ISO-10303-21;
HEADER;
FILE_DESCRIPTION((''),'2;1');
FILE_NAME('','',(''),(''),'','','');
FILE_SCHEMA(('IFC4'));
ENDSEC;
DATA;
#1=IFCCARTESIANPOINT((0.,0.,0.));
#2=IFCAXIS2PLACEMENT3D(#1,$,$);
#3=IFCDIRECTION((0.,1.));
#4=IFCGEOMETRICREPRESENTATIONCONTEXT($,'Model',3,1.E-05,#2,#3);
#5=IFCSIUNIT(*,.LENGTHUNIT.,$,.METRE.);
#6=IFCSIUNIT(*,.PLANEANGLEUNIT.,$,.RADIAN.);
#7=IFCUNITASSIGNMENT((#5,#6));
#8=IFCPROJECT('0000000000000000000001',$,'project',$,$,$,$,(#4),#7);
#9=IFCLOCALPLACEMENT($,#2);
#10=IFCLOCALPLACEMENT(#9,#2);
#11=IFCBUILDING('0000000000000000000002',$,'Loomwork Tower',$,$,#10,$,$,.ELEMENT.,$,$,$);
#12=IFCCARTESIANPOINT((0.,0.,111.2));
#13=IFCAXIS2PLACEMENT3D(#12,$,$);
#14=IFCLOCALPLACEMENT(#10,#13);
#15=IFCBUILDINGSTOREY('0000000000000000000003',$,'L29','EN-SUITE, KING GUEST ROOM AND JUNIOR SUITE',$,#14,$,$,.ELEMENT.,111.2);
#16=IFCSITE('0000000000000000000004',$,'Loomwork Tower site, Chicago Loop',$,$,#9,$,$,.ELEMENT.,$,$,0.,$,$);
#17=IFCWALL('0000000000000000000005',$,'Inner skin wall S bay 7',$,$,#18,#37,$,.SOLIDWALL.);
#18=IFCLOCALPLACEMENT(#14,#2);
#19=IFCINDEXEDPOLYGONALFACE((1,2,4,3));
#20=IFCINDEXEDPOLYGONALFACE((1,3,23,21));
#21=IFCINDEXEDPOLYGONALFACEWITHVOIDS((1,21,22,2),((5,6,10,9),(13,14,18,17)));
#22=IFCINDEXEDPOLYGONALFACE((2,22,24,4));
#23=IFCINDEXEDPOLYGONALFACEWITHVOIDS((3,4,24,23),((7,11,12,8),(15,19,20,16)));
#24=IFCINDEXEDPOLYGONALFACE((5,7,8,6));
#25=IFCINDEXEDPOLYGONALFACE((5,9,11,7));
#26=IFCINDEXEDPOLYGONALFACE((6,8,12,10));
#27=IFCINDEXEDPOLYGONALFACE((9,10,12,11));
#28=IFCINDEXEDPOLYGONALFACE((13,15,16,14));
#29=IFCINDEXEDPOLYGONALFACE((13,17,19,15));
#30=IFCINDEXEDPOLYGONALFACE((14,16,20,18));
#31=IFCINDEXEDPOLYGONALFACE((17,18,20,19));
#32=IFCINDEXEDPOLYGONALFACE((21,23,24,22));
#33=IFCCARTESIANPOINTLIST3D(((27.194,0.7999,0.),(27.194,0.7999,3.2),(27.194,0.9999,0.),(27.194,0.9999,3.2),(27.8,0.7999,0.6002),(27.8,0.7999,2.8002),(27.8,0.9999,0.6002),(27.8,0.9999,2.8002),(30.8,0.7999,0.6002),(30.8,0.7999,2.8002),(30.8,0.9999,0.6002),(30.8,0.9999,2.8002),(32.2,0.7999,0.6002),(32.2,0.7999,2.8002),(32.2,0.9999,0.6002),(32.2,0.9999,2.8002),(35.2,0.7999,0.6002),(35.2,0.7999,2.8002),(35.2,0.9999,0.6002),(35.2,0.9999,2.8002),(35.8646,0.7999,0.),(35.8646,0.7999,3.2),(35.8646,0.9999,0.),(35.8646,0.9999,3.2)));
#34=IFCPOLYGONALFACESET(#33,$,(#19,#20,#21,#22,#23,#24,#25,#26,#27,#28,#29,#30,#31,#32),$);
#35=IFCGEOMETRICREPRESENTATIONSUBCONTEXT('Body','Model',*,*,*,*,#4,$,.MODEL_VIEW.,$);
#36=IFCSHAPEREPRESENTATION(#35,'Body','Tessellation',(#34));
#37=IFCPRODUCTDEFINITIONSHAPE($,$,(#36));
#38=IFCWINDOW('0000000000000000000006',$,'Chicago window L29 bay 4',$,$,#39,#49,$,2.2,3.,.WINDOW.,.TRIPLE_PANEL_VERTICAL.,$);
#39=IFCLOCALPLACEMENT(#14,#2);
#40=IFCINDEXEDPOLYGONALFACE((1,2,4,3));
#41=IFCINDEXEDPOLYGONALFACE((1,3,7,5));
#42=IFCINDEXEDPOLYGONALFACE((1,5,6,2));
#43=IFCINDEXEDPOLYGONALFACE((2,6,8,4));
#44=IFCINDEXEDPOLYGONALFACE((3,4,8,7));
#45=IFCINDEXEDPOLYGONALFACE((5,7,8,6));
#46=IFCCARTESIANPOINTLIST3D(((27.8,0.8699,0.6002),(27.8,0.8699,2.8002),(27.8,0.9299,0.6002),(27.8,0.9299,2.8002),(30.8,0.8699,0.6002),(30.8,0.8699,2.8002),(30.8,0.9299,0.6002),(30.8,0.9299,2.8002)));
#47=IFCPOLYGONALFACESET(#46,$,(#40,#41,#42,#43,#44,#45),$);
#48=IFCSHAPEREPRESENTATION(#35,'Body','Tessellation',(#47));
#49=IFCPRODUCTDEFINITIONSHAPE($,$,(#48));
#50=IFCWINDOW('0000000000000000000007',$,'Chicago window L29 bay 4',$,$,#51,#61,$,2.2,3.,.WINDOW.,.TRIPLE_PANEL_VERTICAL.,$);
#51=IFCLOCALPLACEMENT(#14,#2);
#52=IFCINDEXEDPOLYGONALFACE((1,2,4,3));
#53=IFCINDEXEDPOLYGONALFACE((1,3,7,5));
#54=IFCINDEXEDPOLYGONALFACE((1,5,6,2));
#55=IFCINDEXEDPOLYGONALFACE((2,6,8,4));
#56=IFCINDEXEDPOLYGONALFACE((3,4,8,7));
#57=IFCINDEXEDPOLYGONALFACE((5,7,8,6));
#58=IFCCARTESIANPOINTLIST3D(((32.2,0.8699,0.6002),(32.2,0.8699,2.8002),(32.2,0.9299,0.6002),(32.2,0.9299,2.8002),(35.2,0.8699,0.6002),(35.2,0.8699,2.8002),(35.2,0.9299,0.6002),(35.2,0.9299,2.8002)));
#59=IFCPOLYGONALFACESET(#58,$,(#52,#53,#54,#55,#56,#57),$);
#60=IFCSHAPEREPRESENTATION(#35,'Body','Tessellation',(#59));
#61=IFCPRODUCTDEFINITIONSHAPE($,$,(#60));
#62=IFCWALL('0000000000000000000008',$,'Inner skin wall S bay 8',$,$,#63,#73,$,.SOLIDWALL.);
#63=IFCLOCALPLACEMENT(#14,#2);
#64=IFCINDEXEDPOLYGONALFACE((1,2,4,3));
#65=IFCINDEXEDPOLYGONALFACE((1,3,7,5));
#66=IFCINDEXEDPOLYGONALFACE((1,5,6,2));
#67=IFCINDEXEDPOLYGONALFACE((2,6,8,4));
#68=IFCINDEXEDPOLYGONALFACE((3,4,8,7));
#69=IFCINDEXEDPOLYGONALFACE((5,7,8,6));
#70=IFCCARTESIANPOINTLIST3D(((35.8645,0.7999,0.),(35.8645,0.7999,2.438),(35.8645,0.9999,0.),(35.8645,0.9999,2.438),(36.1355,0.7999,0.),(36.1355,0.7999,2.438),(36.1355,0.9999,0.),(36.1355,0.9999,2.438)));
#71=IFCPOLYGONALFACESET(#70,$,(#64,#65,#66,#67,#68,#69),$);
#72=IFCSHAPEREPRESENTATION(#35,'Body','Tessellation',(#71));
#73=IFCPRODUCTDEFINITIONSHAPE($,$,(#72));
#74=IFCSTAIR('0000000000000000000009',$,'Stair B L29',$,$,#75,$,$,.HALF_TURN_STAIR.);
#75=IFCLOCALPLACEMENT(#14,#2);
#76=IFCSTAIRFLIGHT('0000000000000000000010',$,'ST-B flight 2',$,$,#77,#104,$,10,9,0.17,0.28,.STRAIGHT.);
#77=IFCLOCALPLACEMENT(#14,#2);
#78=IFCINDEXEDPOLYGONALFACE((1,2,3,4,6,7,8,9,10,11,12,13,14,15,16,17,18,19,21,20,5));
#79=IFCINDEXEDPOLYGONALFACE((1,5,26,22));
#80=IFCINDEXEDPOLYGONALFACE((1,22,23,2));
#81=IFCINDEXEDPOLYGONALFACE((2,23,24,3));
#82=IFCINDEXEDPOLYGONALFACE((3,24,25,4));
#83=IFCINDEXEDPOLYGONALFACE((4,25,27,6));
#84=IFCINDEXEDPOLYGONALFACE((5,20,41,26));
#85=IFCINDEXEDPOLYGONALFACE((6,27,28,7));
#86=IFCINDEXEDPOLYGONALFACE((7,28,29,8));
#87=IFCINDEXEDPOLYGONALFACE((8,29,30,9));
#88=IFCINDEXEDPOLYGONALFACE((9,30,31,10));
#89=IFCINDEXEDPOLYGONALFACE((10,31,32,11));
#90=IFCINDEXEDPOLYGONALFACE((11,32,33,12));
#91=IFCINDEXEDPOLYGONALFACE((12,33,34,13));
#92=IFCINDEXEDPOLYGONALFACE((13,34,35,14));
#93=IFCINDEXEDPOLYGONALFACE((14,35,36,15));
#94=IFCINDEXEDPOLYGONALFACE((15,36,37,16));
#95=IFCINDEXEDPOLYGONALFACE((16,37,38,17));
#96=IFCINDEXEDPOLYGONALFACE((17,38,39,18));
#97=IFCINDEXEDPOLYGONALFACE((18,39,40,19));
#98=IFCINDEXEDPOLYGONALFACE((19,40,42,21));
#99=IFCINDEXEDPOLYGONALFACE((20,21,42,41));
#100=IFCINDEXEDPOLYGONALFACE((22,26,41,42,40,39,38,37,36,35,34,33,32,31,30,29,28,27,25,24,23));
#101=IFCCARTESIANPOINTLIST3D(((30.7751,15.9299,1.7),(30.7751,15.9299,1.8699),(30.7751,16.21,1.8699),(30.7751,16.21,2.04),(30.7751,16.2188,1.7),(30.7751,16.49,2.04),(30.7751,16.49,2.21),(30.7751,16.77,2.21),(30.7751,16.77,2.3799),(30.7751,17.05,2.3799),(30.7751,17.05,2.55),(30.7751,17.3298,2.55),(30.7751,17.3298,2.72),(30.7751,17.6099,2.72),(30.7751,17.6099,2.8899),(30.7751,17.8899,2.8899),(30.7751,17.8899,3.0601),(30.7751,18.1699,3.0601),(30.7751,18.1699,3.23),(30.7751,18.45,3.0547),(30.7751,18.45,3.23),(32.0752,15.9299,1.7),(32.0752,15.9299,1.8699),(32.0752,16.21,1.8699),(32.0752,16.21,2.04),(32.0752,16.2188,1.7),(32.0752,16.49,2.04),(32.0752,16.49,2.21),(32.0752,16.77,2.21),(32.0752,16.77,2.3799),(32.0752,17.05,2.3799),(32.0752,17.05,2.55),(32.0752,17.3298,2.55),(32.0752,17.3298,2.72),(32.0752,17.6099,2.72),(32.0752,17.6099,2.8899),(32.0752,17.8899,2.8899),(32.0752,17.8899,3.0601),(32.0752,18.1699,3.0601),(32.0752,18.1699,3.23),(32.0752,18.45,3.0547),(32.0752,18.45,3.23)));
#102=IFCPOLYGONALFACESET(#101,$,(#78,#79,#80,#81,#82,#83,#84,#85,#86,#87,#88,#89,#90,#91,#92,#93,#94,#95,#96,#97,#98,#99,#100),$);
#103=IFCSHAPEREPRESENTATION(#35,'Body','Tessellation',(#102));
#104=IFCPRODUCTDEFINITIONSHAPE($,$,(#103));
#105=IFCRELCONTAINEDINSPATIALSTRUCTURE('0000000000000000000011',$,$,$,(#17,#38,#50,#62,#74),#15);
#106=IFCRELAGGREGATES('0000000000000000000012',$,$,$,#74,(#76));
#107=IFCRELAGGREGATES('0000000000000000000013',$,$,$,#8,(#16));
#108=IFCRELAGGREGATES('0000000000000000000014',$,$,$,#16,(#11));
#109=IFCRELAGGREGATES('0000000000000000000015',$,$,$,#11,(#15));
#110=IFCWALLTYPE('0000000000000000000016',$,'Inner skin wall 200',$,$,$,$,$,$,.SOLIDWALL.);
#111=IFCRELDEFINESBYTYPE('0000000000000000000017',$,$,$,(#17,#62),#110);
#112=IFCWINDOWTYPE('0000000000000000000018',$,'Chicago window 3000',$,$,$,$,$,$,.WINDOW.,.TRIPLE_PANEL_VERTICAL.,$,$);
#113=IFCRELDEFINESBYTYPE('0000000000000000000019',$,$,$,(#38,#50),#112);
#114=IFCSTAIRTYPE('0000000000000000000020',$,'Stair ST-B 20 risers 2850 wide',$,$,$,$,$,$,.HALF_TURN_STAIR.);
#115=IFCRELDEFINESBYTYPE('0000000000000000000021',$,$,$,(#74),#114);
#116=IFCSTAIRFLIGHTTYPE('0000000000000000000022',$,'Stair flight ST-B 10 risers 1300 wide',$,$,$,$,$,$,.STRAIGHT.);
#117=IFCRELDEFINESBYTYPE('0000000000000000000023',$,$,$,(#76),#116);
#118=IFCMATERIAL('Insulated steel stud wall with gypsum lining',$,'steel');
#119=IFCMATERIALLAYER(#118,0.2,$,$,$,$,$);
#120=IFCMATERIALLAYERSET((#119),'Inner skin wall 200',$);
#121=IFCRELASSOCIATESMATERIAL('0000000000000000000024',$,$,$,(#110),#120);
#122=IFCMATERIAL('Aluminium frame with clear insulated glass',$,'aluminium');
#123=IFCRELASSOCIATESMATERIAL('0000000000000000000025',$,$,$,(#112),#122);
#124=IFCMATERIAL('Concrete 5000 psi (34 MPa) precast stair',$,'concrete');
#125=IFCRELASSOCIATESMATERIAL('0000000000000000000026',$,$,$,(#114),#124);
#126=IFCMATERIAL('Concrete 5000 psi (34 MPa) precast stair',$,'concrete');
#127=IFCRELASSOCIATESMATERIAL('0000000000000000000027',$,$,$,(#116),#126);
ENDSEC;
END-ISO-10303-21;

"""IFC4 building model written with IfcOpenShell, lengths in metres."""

from ifc_helpers import new_model, si_unit, direction, frame, frame_2d, origin, place, context, subcontext, project, spatial, polyline, rectangle, outline, extrude, material, layer, layer_set, type_object, element, fill, aggregate, save


model = new_model("IFC4")

# Units and contexts
model_context = context("Model", 3, precision=1e-05, world=origin(), true_north=direction((0.0, 1.0)))
body_context = subcontext(model_context, "Body", "Model", "MODEL_VIEW")
ifc_project = project(units=[si_unit("LENGTHUNIT", "METRE"), si_unit("PLANEANGLEUNIT", "RADIAN")], contexts=[model_context])

# Site, building, storey
site_placement = place(None, origin())
site = spatial("IfcSite", under=ifc_project, at=site_placement, Name="Loomwork Tower site, Chicago Loop", CompositionType="ELEMENT", RefElevation=0.0)
building_placement = place(site_placement, origin())
building = spatial("IfcBuilding", under=site, at=building_placement, Name="Loomwork Tower", CompositionType="ELEMENT")
storey_placement = place(building_placement, frame((0.0, 0.0, 111.2)))
storey = spatial("IfcBuildingStorey", under=building, at=storey_placement, Name="L29", Description="EN-SUITE, KING GUEST ROOM AND JUNIOR SUITE", CompositionType="ELEMENT", Elevation=111.2)

# Wall, openings, windows
ifc_material_1 = material(Name="Insulated steel stud wall with gypsum lining", Category="steel")
ifc_layer_1 = layer(ifc_material_1, 0.2)
ifc_layer_set_1 = layer_set([ifc_layer_1], Name="Inner skin wall 200")
wall_type_1 = type_object("IfcWallType", Name="Inner skin wall 200", PredefinedType="SOLIDWALL", material=ifc_layer_set_1)
wall_1_placement = place(storey_placement, frame((27.1938, 0.8999, 0.0), z_axis=(0.0, 0.0, 1.0), x_axis=(1.0, 0.0, 0.0)))
wall_1 = element("IfcWall", 1, at=wall_1_placement, inside=storey, type_object=wall_type_1, Name="Inner skin wall S bay 7", PredefinedType="SOLIDWALL", context=body_context, shape_type="SweptSolid", body=[
    extrude(rectangle(XDim=8.6707, YDim=0.2, at=frame_2d((4.3354, 0.0))), origin(), (0.0, 0.0, 1.0), 3.2),
])
opening_1_placement = place(wall_1_placement, frame((0.6062, 0.0, 0.6001)))
opening_1 = element("IfcOpeningElement", 2, at=opening_1_placement, cuts=wall_1, PredefinedType="OPENING", context=body_context, shape_type="SweptSolid", body=[
    extrude(rectangle(XDim=3.0, YDim=2.2, at=frame_2d((1.5, 1.1001))), frame((0.0, 0.1099, 0.0), z_axis=(0.0, -1.0, 0.0), x_axis=(1.0, 0.0, 0.0)), (0.0, 0.0, 1.0), 0.22),
])
opening_2_placement = place(wall_1_placement, frame((5.0061, 0.0, 0.6001)))
opening_2 = element("IfcOpeningElement", 3, at=opening_2_placement, cuts=wall_1, PredefinedType="OPENING", context=body_context, shape_type="SweptSolid", body=[
    extrude(rectangle(XDim=3.0, YDim=2.2, at=frame_2d((1.5, 1.1001))), frame((0.0, 0.1099, 0.0), z_axis=(0.0, -1.0, 0.0), x_axis=(1.0, 0.0, 0.0)), (0.0, 0.0, 1.0), 0.22),
])
ifc_material_2 = material(Name="Aluminium frame with clear insulated glass", Category="aluminium")
window_type = type_object("IfcWindowType", Name="Chicago window 3000", PartitioningType="TRIPLE_PANEL_VERTICAL", PredefinedType="WINDOW", material=ifc_material_2)
window_1_placement = place(opening_1_placement, origin())
window_1 = element("IfcWindow", 4, at=window_1_placement, inside=storey, type_object=window_type, Name="Chicago window L29 bay 4", OverallHeight=2.2, OverallWidth=3.0, PartitioningType="TRIPLE_PANEL_VERTICAL", PredefinedType="WINDOW", context=body_context, shape_type="SweptSolid", body=[
    extrude(rectangle(XDim=3.0, YDim=2.2, at=frame_2d((1.5, 1.1001))), frame((0.0, 0.03, 0.0), z_axis=(0.0, -1.0, 0.0), x_axis=(1.0, 0.0, 0.0)), (0.0, 0.0, 1.0), 0.0601),
])
fill(opening_1, window_1)
window_2_placement = place(opening_2_placement, origin())
window_2 = element("IfcWindow", 5, at=window_2_placement, inside=storey, type_object=window_type, Name="Chicago window L29 bay 4", OverallHeight=2.2, OverallWidth=3.0, PartitioningType="TRIPLE_PANEL_VERTICAL", PredefinedType="WINDOW", context=body_context, shape_type="SweptSolid", body=[
    extrude(rectangle(XDim=3.0, YDim=2.2, at=frame_2d((1.5, 1.1001))), frame((0.0, 0.03, 0.0), z_axis=(0.0, -1.0, 0.0), x_axis=(1.0, 0.0, 0.0)), (0.0, 0.0, 1.0), 0.0601),
])
fill(opening_2, window_2)

# Wall
wall_2_placement = place(storey_placement, frame((35.8645, 0.8999, 0.0), z_axis=(0.0, 0.0, 1.0), x_axis=(1.0, 0.0, 0.0)))
element("IfcWall", 6, at=wall_2_placement, inside=storey, type_object=wall_type_1, Name="Inner skin wall S bay 8", PredefinedType="SOLIDWALL", context=body_context, shape_type="SweptSolid", body=[
    extrude(rectangle(XDim=0.271, YDim=0.2, at=frame_2d((0.1355, 0.0))), origin(), (0.0, 0.0, 1.0), 2.438),
])

# Stair, stair flight
ifc_material_3 = material(Name="Concrete 5000 psi (34 MPa) precast stair", Category="concrete")
stair_type = type_object("IfcStairType", Name="Stair ST-B 20 risers 2850 wide", PredefinedType="HALF_TURN_STAIR", material=ifc_material_3)
stair_placement = place(storey_placement, origin())
stair = element("IfcStair", 7, at=stair_placement, inside=storey, type_object=stair_type, Name="Stair B L29", PredefinedType="HALF_TURN_STAIR")
ifc_material_4 = material(Name="Concrete 5000 psi (34 MPa) precast stair", Category="concrete")
stair_flight_type = type_object("IfcStairFlightType", Name="Stair flight ST-B 10 risers 1300 wide", PredefinedType="STRAIGHT", material=ifc_material_4)
stair_flight_placement = place(storey_placement, frame((31.425, 15.9299, 1.7), z_axis=(0.0, 0.0, 1.0), x_axis=(0.0, 1.0, 0.0)))
stair_flight = element("IfcStairFlight", 8, at=stair_flight_placement, type_object=stair_flight_type, Name="ST-B flight 2", NumberOfRisers=10, NumberOfTreads=9, PredefinedType="STRAIGHT", RiserHeight=0.17, TreadLength=0.28, context=body_context, shape_type="SweptSolid", body=[
    extrude(outline(polyline([(0.0, 0.0), (0.0, 0.1699), (0.28, 0.1699), (0.28, 0.3401), (0.5601, 0.3401), (0.5601, 0.51), (0.8401, 0.51), (0.8401, 0.6799), (1.1201, 0.6799), (1.1201, 0.8501), (1.3999, 0.8501), (1.3999, 1.02), (1.6799, 1.02), (1.6799, 1.1899), (1.96, 1.1899), (1.96, 1.3601), (2.24, 1.3601), (2.24, 1.53), (2.52, 1.53), (2.52, 1.7), (2.52, 1.3547), (0.2888, 0.0), (0.0, 0.0)])), frame((0.0, 0.6499, 0.0), z_axis=(0.0, -1.0, 0.0), x_axis=(1.0, 0.0, 0.0)), (0.0, 0.0, 1.0), 1.3),
])
aggregate(stair, [stair_flight])

save(model, "model.ifc")
